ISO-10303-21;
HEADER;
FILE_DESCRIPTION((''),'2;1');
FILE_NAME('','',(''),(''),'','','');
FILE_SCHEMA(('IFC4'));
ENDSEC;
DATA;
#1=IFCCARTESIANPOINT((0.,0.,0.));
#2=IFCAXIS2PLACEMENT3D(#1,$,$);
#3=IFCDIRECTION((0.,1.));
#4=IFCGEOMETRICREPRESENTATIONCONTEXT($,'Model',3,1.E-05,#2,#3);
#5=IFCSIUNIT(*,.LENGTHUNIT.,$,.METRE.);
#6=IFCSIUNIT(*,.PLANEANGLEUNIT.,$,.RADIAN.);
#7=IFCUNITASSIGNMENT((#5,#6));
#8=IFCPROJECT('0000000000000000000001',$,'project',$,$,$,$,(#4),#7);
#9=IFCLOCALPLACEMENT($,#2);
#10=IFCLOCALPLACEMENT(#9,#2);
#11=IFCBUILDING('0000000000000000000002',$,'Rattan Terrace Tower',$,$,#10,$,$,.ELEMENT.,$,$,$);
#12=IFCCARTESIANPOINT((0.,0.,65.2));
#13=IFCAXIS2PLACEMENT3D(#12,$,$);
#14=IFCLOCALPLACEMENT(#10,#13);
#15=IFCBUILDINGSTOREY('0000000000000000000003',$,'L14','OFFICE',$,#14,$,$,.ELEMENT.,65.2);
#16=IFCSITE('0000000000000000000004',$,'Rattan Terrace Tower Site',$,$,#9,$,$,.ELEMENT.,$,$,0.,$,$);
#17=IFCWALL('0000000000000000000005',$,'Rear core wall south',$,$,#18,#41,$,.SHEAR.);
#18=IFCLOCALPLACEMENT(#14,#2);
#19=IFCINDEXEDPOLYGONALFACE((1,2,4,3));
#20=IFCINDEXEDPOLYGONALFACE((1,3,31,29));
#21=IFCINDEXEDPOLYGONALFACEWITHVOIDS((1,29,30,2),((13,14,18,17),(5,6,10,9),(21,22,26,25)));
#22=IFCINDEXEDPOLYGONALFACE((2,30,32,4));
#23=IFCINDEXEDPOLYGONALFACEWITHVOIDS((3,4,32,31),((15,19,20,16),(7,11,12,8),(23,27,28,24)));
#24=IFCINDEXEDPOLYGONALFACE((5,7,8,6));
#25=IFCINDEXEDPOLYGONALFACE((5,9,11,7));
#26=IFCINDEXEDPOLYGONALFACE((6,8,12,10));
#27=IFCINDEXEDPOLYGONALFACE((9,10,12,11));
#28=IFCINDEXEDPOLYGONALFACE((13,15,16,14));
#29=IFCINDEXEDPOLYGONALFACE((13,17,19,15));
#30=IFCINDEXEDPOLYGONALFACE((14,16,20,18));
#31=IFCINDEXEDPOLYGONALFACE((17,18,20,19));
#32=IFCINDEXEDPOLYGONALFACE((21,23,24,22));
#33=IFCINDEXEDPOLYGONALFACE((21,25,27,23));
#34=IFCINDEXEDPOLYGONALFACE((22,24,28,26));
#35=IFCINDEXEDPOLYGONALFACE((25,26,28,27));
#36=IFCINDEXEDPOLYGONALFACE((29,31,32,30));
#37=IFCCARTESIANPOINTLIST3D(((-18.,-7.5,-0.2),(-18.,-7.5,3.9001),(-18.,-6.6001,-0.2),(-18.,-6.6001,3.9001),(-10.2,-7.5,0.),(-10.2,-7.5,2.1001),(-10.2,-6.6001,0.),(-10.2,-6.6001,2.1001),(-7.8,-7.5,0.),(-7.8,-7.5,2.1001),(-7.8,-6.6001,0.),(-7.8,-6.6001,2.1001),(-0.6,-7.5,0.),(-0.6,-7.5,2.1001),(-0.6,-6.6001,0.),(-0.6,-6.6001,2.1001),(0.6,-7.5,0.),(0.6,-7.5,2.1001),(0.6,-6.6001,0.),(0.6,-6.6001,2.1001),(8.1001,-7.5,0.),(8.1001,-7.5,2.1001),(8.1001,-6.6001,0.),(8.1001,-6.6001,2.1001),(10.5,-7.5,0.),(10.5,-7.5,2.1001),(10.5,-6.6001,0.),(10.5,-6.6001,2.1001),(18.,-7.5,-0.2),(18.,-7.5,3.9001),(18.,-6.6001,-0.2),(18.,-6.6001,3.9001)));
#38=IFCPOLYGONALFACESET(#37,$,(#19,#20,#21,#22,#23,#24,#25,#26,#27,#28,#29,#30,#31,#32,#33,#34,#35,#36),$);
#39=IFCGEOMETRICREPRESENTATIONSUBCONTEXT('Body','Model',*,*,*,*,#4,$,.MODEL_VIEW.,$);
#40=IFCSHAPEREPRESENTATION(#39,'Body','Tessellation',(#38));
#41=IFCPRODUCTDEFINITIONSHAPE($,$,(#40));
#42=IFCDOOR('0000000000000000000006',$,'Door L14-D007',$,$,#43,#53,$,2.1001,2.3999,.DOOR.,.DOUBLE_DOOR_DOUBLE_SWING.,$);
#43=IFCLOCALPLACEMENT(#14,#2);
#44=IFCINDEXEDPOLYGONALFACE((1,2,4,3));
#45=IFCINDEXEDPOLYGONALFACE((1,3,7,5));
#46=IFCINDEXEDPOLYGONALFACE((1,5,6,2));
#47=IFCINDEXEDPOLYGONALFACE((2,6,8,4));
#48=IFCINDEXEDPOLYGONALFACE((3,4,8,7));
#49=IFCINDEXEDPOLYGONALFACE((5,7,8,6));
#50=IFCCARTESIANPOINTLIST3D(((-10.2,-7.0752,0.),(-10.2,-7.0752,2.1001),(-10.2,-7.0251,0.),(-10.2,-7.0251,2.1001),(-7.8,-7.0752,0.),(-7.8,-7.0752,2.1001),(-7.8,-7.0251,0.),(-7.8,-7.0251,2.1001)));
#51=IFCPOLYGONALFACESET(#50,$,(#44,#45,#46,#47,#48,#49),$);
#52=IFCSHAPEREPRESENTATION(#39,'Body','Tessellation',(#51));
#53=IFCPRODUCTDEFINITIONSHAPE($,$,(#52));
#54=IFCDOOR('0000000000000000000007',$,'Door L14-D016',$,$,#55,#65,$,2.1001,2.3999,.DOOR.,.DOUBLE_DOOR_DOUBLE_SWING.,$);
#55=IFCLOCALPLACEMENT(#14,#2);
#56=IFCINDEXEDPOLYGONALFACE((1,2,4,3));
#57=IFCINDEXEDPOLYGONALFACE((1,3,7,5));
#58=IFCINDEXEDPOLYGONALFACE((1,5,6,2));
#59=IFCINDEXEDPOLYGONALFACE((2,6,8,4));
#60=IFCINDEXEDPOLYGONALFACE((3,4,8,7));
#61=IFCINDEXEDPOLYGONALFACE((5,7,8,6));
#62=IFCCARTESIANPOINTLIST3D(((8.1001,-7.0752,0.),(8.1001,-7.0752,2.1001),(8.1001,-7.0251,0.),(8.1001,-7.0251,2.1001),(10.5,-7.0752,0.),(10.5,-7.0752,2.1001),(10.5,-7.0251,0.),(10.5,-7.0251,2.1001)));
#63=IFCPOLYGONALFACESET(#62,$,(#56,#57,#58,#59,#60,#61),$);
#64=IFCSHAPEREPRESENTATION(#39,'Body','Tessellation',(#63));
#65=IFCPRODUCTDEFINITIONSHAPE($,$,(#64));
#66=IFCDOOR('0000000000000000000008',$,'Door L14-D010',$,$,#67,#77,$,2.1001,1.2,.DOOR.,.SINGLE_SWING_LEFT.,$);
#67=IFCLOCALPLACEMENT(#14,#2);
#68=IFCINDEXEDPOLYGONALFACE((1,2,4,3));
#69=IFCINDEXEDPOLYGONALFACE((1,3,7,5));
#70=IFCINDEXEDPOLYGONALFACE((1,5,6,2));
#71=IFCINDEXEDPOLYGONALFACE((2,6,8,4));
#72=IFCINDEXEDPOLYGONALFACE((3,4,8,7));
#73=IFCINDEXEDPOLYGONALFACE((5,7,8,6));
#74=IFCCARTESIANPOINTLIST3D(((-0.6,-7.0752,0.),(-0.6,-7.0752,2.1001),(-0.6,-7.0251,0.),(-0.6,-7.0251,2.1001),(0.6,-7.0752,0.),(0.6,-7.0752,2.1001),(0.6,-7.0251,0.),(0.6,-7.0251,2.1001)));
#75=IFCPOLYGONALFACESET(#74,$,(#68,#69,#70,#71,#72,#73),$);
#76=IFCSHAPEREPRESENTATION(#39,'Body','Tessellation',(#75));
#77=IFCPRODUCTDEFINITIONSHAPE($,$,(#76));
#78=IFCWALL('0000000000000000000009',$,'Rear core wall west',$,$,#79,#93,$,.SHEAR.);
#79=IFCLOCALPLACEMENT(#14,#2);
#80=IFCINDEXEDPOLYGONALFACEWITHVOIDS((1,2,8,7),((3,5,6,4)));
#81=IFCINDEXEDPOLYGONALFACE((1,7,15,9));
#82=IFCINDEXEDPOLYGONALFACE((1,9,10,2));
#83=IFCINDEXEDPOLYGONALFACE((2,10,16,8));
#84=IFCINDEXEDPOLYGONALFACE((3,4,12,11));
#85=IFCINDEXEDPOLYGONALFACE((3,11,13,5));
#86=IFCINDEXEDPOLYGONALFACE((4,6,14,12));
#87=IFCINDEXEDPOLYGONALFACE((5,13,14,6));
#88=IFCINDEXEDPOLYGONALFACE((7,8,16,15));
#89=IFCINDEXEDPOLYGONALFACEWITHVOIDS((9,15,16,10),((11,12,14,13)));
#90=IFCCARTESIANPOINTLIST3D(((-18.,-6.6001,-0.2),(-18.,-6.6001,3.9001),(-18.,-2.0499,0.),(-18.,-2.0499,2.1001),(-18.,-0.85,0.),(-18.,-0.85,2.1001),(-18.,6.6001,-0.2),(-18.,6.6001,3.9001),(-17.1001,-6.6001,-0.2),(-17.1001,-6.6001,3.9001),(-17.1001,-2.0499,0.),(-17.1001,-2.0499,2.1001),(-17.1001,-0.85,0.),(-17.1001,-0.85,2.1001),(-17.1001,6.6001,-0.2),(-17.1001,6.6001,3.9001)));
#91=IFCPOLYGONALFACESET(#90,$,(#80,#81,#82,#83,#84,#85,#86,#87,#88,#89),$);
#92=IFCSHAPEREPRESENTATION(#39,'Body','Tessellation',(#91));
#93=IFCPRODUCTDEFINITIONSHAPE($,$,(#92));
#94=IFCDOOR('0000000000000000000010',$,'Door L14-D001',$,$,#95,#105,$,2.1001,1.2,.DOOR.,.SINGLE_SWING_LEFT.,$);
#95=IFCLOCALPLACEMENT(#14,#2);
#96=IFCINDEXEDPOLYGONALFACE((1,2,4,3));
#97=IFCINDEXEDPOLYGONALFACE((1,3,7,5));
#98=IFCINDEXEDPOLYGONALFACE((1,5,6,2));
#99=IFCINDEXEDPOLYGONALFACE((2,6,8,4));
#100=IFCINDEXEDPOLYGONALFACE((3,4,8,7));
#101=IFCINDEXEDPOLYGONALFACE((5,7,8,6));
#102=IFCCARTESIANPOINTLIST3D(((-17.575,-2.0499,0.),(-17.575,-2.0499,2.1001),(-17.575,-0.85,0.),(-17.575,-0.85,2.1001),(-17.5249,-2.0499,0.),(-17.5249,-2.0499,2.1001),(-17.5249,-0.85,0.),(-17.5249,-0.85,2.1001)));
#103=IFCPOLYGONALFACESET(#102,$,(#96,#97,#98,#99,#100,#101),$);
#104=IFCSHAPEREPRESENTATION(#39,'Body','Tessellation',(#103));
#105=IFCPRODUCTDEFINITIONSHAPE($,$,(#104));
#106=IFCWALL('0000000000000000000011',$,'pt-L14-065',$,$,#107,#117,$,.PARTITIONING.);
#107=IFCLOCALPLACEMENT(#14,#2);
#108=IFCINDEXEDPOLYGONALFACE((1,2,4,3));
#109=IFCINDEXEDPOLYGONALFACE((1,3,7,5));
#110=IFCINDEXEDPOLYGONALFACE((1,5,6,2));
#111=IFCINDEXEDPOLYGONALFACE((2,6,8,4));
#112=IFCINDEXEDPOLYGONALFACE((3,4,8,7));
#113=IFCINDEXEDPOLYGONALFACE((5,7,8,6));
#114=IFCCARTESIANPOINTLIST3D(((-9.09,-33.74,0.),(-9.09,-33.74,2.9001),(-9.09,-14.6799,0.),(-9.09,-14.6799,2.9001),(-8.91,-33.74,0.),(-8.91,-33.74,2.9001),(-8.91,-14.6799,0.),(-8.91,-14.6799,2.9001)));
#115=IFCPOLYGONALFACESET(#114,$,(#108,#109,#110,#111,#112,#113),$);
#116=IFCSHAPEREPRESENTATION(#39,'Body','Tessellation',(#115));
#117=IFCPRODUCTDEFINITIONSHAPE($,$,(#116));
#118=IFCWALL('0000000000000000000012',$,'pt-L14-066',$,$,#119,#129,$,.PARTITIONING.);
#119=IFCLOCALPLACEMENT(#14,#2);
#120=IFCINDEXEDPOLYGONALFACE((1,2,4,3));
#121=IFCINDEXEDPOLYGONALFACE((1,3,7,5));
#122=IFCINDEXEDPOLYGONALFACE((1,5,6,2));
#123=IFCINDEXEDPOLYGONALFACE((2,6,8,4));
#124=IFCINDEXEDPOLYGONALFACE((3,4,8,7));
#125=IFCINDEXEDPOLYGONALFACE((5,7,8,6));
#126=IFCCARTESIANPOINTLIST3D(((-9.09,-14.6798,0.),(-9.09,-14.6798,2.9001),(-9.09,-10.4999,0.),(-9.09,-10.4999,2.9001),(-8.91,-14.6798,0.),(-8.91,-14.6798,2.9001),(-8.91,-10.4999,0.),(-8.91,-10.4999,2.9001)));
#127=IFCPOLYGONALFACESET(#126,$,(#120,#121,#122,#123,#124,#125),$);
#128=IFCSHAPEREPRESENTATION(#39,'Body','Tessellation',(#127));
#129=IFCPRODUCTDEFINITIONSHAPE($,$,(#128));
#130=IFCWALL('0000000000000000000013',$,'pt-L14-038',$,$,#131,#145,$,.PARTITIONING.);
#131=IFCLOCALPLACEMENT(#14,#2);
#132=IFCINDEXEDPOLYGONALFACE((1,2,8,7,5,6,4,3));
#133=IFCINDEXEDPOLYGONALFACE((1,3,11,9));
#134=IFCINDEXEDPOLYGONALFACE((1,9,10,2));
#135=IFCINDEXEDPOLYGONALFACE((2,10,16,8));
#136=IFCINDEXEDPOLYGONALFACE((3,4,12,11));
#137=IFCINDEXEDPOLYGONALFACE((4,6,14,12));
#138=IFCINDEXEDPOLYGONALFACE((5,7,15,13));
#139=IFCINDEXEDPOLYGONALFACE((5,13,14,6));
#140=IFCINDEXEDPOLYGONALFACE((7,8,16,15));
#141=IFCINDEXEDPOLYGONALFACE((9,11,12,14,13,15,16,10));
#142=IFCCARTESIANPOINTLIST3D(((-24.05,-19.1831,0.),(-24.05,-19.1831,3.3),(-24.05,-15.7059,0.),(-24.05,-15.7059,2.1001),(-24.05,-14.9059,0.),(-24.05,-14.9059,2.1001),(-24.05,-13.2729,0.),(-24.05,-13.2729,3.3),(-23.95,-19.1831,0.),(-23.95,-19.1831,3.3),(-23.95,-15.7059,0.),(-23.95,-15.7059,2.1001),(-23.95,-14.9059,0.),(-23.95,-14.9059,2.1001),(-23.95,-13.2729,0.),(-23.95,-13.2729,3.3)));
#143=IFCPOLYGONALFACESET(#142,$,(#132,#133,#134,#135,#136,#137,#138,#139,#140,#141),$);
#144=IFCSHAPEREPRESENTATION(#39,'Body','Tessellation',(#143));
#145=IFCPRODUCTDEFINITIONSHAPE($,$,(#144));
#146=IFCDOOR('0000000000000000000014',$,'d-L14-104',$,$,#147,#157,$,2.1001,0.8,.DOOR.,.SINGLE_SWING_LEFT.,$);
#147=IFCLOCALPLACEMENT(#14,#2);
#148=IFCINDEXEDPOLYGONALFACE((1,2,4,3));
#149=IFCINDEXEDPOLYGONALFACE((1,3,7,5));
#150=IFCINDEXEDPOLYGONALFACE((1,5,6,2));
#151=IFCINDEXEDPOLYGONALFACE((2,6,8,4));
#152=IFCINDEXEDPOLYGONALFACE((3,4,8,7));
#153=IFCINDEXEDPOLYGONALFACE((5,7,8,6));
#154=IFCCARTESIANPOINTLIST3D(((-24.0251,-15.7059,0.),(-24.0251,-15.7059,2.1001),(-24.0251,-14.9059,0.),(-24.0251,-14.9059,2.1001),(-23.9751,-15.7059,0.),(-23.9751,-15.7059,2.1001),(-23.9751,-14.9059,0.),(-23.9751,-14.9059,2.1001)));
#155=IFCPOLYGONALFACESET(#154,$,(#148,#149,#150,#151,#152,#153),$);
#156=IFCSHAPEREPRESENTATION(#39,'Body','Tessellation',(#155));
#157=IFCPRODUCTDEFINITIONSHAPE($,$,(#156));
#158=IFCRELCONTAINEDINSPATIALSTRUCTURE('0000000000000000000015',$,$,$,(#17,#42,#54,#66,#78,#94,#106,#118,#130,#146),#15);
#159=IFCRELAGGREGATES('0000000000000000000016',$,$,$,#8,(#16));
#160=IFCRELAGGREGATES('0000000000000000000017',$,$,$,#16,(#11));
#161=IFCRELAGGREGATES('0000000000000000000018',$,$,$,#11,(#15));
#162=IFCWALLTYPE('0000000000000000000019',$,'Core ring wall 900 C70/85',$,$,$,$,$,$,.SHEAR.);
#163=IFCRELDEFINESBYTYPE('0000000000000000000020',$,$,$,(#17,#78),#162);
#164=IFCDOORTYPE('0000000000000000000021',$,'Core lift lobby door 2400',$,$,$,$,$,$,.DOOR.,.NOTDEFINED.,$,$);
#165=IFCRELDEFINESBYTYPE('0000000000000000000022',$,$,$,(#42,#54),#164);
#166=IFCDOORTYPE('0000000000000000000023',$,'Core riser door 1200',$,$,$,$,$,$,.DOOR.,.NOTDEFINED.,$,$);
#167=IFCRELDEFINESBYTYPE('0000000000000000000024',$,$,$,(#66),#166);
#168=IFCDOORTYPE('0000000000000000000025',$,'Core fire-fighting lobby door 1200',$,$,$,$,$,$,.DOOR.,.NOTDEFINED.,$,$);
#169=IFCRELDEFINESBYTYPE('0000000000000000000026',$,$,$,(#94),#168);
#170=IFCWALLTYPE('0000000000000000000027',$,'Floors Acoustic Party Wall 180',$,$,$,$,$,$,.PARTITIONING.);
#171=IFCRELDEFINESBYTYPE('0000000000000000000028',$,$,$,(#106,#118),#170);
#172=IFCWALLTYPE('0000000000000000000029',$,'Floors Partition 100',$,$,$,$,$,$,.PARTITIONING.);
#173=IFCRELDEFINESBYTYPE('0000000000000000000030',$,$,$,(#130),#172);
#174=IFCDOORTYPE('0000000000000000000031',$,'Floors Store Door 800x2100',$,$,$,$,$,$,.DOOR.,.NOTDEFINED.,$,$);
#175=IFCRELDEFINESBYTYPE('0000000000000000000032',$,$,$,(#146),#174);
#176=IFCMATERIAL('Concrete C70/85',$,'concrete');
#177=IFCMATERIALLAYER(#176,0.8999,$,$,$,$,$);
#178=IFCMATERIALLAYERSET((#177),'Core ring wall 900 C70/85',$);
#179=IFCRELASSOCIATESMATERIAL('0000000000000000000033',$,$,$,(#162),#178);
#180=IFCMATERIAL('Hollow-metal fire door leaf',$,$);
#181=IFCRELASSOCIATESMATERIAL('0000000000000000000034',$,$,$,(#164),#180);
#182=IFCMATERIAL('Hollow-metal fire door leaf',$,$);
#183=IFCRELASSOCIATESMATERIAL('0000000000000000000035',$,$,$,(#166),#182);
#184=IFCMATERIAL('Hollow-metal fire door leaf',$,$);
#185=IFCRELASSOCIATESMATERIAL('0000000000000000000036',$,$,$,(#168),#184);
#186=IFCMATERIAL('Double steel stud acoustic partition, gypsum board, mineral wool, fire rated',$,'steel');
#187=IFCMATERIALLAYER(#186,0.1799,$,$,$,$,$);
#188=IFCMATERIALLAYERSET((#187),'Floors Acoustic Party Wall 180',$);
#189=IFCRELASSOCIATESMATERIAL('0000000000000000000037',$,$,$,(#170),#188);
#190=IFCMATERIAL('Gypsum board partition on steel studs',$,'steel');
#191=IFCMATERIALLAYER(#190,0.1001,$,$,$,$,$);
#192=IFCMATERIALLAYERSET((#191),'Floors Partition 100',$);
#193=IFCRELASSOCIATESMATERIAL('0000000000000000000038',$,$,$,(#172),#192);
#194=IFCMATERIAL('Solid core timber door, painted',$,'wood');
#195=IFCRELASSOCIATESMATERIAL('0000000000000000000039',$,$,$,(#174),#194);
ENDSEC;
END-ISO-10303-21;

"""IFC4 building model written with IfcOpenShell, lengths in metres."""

from ifc_helpers import new_model, si_unit, direction, frame, frame_2d, origin, place, context, subcontext, project, spatial, rectangle, extrude, material, layer, layer_set, type_object, element, fill, save


model = new_model("IFC4")

# Units and contexts
model_context = context("Model", 3, precision=1e-05, world=origin(), true_north=direction((0.0, 1.0)))
body_context = subcontext(model_context, "Body", "Model", "MODEL_VIEW")
ifc_project = project(units=[si_unit("LENGTHUNIT", "METRE"), si_unit("PLANEANGLEUNIT", "RADIAN")], contexts=[model_context])

# Site, building, storey
site_placement = place(None, origin())
site = spatial("IfcSite", under=ifc_project, at=site_placement, Name="Rattan Terrace Tower Site", CompositionType="ELEMENT", RefElevation=0.0)
building_placement = place(site_placement, origin())
building = spatial("IfcBuilding", under=site, at=building_placement, Name="Rattan Terrace Tower", CompositionType="ELEMENT")
storey_placement = place(building_placement, frame((0.0, 0.0, 65.2)))
storey = spatial("IfcBuildingStorey", under=building, at=storey_placement, Name="L14", Description="OFFICE", CompositionType="ELEMENT", Elevation=65.2)

# Wall, openings, doors
ifc_material_1 = material(Name="Concrete C70/85", Category="concrete")
ifc_layer_1 = layer(ifc_material_1, 0.8999)
ifc_layer_set_1 = layer_set([ifc_layer_1], Name="Core ring wall 900 C70/85")
wall_type_1 = type_object("IfcWallType", Name="Core ring wall 900 C70/85", PredefinedType="SHEAR", material=ifc_layer_set_1)
wall_1_placement = place(storey_placement, frame((-18.0, -7.05, -0.2), z_axis=(0.0, 0.0, 1.0), x_axis=(1.0, 0.0, 0.0)))
wall_1 = element("IfcWall", 1, at=wall_1_placement, inside=storey, type_object=wall_type_1, Name="Rear core wall south", PredefinedType="SHEAR", context=body_context, shape_type="SweptSolid", body=[
    extrude(rectangle(XDim=36.0, YDim=0.8999, at=frame_2d((18.0, 0.0))), origin(), (0.0, 0.0, 1.0), 4.1001),
])
opening_1_placement = place(wall_1_placement, frame((7.8, 0.0, 0.2)))
opening_1 = element("IfcOpeningElement", 2, at=opening_1_placement, cuts=wall_1, PredefinedType="OPENING", context=body_context, shape_type="SweptSolid", body=[
    extrude(rectangle(XDim=2.3999, YDim=2.1001, at=frame_2d((1.2, 1.05))), frame((0.0, 0.4604, 0.0), z_axis=(0.0, -1.0, 0.0), x_axis=(1.0, 0.0, 0.0)), (0.0, 0.0, 1.0), 0.9209),
])
opening_2_placement = place(wall_1_placement, frame((17.3999, 0.0, 0.2)))
opening_2 = element("IfcOpeningElement", 3, at=opening_2_placement, cuts=wall_1, PredefinedType="OPENING", context=body_context, shape_type="SweptSolid", body=[
    extrude(rectangle(XDim=1.2, YDim=2.1001, at=frame_2d((0.6001, 1.05))), frame((0.0, 0.4604, 0.0), z_axis=(0.0, -1.0, 0.0), x_axis=(1.0, 0.0, 0.0)), (0.0, 0.0, 1.0), 0.9209),
])
opening_3_placement = place(wall_1_placement, frame((26.1001, 0.0, 0.2)))
opening_3 = element("IfcOpeningElement", 4, at=opening_3_placement, cuts=wall_1, PredefinedType="OPENING", context=body_context, shape_type="SweptSolid", body=[
    extrude(rectangle(XDim=2.3999, YDim=2.1001, at=frame_2d((1.2, 1.05))), frame((0.0, 0.4604, 0.0), z_axis=(0.0, -1.0, 0.0), x_axis=(1.0, 0.0, 0.0)), (0.0, 0.0, 1.0), 0.9209),
])
ifc_material_2 = material(Name="Hollow-metal fire door leaf")
door_type_1 = type_object("IfcDoorType", Name="Core lift lobby door 2400", OperationType="NOTDEFINED", PredefinedType="DOOR", material=ifc_material_2)
door_1_placement = place(opening_1_placement, origin())
door_1 = element("IfcDoor", 5, at=door_1_placement, inside=storey, type_object=door_type_1, Name="Door L14-D007", OperationType="DOUBLE_DOOR_DOUBLE_SWING", OverallHeight=2.1001, OverallWidth=2.3999, PredefinedType="DOOR", context=body_context, shape_type="SweptSolid", body=[
    extrude(rectangle(XDim=2.3999, YDim=2.1001, at=frame_2d((1.2, 1.05))), frame((0.0, 0.0249, 0.0), z_axis=(0.0, -1.0, 0.0), x_axis=(1.0, 0.0, 0.0)), (0.0, 0.0, 1.0), 0.05),
])
fill(opening_1, door_1)
door_2_placement = place(opening_3_placement, origin())
door_2 = element("IfcDoor", 6, at=door_2_placement, inside=storey, type_object=door_type_1, Name="Door L14-D016", OperationType="DOUBLE_DOOR_DOUBLE_SWING", OverallHeight=2.1001, OverallWidth=2.3999, PredefinedType="DOOR", context=body_context, shape_type="SweptSolid", body=[
    extrude(rectangle(XDim=2.3999, YDim=2.1001, at=frame_2d((1.2, 1.05))), frame((0.0, 0.0249, 0.0), z_axis=(0.0, -1.0, 0.0), x_axis=(1.0, 0.0, 0.0)), (0.0, 0.0, 1.0), 0.05),
])
fill(opening_3, door_2)
ifc_material_3 = material(Name="Hollow-metal fire door leaf")
door_type_2 = type_object("IfcDoorType", Name="Core riser door 1200", OperationType="NOTDEFINED", PredefinedType="DOOR", material=ifc_material_3)
door_3_placement = place(opening_2_placement, origin())
door_3 = element("IfcDoor", 7, at=door_3_placement, inside=storey, type_object=door_type_2, Name="Door L14-D010", OperationType="SINGLE_SWING_LEFT", OverallHeight=2.1001, OverallWidth=1.2, PredefinedType="DOOR", context=body_context, shape_type="SweptSolid", body=[
    extrude(rectangle(XDim=1.2, YDim=2.1001, at=frame_2d((0.6001, 1.05))), frame((0.0, 0.0249, 0.0), z_axis=(0.0, -1.0, 0.0), x_axis=(1.0, 0.0, 0.0)), (0.0, 0.0, 1.0), 0.05),
])
fill(opening_2, door_3)

# Wall, opening, door
wall_2_placement = place(storey_placement, frame((-17.55, -6.6001, -0.2), z_axis=(0.0, 0.0, 1.0), x_axis=(0.0, 1.0, 0.0)))
wall_2 = element("IfcWall", 8, at=wall_2_placement, inside=storey, type_object=wall_type_1, Name="Rear core wall west", PredefinedType="SHEAR", context=body_context, shape_type="SweptSolid", body=[
    extrude(rectangle(XDim=13.2002, YDim=0.8999, at=frame_2d((6.6001, 0.0))), origin(), (0.0, 0.0, 1.0), 4.1001),
])
opening_4_placement = place(wall_2_placement, frame((4.55, 0.0, 0.2)))
opening_4 = element("IfcOpeningElement", 9, at=opening_4_placement, cuts=wall_2, PredefinedType="OPENING", context=body_context, shape_type="SweptSolid", body=[
    extrude(rectangle(XDim=1.2, YDim=2.1001, at=frame_2d((0.6001, 1.05))), frame((0.0, 0.4604, 0.0), z_axis=(0.0, -1.0, 0.0), x_axis=(1.0, 0.0, 0.0)), (0.0, 0.0, 1.0), 0.9209),
])
ifc_material_4 = material(Name="Hollow-metal fire door leaf")
door_type_3 = type_object("IfcDoorType", Name="Core fire-fighting lobby door 1200", OperationType="NOTDEFINED", PredefinedType="DOOR", material=ifc_material_4)
door_4_placement = place(opening_4_placement, origin())
door_4 = element("IfcDoor", 10, at=door_4_placement, inside=storey, type_object=door_type_3, Name="Door L14-D001", OperationType="SINGLE_SWING_LEFT", OverallHeight=2.1001, OverallWidth=1.2, PredefinedType="DOOR", context=body_context, shape_type="SweptSolid", body=[
    extrude(rectangle(XDim=1.2, YDim=2.1001, at=frame_2d((0.6001, 1.05))), frame((0.0, 0.0249, 0.0), z_axis=(0.0, -1.0, 0.0), x_axis=(1.0, 0.0, 0.0)), (0.0, 0.0, 1.0), 0.05),
])
fill(opening_4, door_4)

# Walls
ifc_material_5 = material(Name="Double steel stud acoustic partition, gypsum board, mineral wool, fire rated", Category="steel")
ifc_layer_2 = layer(ifc_material_5, 0.1799)
ifc_layer_set_2 = layer_set([ifc_layer_2], Name="Floors Acoustic Party Wall 180")
wall_type_2 = type_object("IfcWallType", Name="Floors Acoustic Party Wall 180", PredefinedType="PARTITIONING", material=ifc_layer_set_2)
wall_3_placement = place(storey_placement, frame((-9.0, -14.6799, 0.0), z_axis=(0.0, 0.0, 1.0), x_axis=(0.0, -1.0, 0.0)))
element("IfcWall", 11, at=wall_3_placement, inside=storey, type_object=wall_type_2, Name="pt-L14-065", PredefinedType="PARTITIONING", context=body_context, shape_type="SweptSolid", body=[
    extrude(rectangle(XDim=19.0601, YDim=0.1799, at=frame_2d((9.53, 0.0))), origin(), (0.0, 0.0, 1.0), 2.9001),
])
wall_4_placement = place(storey_placement, frame((-9.0, -10.5, 0.0), z_axis=(0.0, 0.0, 1.0), x_axis=(0.0, -1.0, 0.0)))
element("IfcWall", 12, at=wall_4_placement, inside=storey, type_object=wall_type_2, Name="pt-L14-066", PredefinedType="PARTITIONING", context=body_context, shape_type="SweptSolid", body=[
    extrude(rectangle(XDim=4.1799, YDim=0.1799, at=frame_2d((2.0898, 0.0))), origin(), (0.0, 0.0, 1.0), 2.9001),
])

# Wall, opening, door
ifc_material_6 = material(Name="Gypsum board partition on steel studs", Category="steel")
ifc_layer_3 = layer(ifc_material_6, 0.1001)
ifc_layer_set_3 = layer_set([ifc_layer_3], Name="Floors Partition 100")
wall_type_3 = type_object("IfcWallType", Name="Floors Partition 100", PredefinedType="PARTITIONING", material=ifc_layer_set_3)
wall_5_placement = place(storey_placement, frame((-24.0, -13.2729, 0.0), z_axis=(0.0, 0.0, 1.0), x_axis=(0.0, -1.0, 0.0)))
wall_5 = element("IfcWall", 13, at=wall_5_placement, inside=storey, type_object=wall_type_3, Name="pt-L14-038", PredefinedType="PARTITIONING", context=body_context, shape_type="SweptSolid", body=[
    extrude(rectangle(XDim=5.9102, YDim=0.1001, at=frame_2d((2.9551, 0.0))), origin(), (0.0, 0.0, 1.0), 3.3),
])
opening_5_placement = place(wall_5_placement, frame((1.6331, 0.0, 0.0)))
opening_5 = element("IfcOpeningElement", 14, at=opening_5_placement, cuts=wall_5, PredefinedType="OPENING", context=body_context, shape_type="SweptSolid", body=[
    extrude(rectangle(XDim=0.8, YDim=2.1001, at=frame_2d((0.3999, 1.05))), frame((0.0, 0.0605, 0.0), z_axis=(0.0, -1.0, 0.0), x_axis=(1.0, 0.0, 0.0)), (0.0, 0.0, 1.0), 0.1211),
])
ifc_material_7 = material(Name="Solid core timber door, painted", Category="wood")
door_type_4 = type_object("IfcDoorType", Name="Floors Store Door 800x2100", OperationType="NOTDEFINED", PredefinedType="DOOR", material=ifc_material_7)
door_5_placement = place(opening_5_placement, origin())
door_5 = element("IfcDoor", 15, at=door_5_placement, inside=storey, type_object=door_type_4, Name="d-L14-104", OperationType="SINGLE_SWING_LEFT", OverallHeight=2.1001, OverallWidth=0.8, PredefinedType="DOOR", context=body_context, shape_type="SweptSolid", body=[
    extrude(rectangle(XDim=0.8, YDim=2.1001, at=frame_2d((0.3999, 1.05))), frame((0.0, 0.0249, 0.0), z_axis=(0.0, -1.0, 0.0), x_axis=(1.0, 0.0, 0.0)), (0.0, 0.0, 1.0), 0.05),
])
fill(opening_5, door_5)

save(model, "model.ifc")
